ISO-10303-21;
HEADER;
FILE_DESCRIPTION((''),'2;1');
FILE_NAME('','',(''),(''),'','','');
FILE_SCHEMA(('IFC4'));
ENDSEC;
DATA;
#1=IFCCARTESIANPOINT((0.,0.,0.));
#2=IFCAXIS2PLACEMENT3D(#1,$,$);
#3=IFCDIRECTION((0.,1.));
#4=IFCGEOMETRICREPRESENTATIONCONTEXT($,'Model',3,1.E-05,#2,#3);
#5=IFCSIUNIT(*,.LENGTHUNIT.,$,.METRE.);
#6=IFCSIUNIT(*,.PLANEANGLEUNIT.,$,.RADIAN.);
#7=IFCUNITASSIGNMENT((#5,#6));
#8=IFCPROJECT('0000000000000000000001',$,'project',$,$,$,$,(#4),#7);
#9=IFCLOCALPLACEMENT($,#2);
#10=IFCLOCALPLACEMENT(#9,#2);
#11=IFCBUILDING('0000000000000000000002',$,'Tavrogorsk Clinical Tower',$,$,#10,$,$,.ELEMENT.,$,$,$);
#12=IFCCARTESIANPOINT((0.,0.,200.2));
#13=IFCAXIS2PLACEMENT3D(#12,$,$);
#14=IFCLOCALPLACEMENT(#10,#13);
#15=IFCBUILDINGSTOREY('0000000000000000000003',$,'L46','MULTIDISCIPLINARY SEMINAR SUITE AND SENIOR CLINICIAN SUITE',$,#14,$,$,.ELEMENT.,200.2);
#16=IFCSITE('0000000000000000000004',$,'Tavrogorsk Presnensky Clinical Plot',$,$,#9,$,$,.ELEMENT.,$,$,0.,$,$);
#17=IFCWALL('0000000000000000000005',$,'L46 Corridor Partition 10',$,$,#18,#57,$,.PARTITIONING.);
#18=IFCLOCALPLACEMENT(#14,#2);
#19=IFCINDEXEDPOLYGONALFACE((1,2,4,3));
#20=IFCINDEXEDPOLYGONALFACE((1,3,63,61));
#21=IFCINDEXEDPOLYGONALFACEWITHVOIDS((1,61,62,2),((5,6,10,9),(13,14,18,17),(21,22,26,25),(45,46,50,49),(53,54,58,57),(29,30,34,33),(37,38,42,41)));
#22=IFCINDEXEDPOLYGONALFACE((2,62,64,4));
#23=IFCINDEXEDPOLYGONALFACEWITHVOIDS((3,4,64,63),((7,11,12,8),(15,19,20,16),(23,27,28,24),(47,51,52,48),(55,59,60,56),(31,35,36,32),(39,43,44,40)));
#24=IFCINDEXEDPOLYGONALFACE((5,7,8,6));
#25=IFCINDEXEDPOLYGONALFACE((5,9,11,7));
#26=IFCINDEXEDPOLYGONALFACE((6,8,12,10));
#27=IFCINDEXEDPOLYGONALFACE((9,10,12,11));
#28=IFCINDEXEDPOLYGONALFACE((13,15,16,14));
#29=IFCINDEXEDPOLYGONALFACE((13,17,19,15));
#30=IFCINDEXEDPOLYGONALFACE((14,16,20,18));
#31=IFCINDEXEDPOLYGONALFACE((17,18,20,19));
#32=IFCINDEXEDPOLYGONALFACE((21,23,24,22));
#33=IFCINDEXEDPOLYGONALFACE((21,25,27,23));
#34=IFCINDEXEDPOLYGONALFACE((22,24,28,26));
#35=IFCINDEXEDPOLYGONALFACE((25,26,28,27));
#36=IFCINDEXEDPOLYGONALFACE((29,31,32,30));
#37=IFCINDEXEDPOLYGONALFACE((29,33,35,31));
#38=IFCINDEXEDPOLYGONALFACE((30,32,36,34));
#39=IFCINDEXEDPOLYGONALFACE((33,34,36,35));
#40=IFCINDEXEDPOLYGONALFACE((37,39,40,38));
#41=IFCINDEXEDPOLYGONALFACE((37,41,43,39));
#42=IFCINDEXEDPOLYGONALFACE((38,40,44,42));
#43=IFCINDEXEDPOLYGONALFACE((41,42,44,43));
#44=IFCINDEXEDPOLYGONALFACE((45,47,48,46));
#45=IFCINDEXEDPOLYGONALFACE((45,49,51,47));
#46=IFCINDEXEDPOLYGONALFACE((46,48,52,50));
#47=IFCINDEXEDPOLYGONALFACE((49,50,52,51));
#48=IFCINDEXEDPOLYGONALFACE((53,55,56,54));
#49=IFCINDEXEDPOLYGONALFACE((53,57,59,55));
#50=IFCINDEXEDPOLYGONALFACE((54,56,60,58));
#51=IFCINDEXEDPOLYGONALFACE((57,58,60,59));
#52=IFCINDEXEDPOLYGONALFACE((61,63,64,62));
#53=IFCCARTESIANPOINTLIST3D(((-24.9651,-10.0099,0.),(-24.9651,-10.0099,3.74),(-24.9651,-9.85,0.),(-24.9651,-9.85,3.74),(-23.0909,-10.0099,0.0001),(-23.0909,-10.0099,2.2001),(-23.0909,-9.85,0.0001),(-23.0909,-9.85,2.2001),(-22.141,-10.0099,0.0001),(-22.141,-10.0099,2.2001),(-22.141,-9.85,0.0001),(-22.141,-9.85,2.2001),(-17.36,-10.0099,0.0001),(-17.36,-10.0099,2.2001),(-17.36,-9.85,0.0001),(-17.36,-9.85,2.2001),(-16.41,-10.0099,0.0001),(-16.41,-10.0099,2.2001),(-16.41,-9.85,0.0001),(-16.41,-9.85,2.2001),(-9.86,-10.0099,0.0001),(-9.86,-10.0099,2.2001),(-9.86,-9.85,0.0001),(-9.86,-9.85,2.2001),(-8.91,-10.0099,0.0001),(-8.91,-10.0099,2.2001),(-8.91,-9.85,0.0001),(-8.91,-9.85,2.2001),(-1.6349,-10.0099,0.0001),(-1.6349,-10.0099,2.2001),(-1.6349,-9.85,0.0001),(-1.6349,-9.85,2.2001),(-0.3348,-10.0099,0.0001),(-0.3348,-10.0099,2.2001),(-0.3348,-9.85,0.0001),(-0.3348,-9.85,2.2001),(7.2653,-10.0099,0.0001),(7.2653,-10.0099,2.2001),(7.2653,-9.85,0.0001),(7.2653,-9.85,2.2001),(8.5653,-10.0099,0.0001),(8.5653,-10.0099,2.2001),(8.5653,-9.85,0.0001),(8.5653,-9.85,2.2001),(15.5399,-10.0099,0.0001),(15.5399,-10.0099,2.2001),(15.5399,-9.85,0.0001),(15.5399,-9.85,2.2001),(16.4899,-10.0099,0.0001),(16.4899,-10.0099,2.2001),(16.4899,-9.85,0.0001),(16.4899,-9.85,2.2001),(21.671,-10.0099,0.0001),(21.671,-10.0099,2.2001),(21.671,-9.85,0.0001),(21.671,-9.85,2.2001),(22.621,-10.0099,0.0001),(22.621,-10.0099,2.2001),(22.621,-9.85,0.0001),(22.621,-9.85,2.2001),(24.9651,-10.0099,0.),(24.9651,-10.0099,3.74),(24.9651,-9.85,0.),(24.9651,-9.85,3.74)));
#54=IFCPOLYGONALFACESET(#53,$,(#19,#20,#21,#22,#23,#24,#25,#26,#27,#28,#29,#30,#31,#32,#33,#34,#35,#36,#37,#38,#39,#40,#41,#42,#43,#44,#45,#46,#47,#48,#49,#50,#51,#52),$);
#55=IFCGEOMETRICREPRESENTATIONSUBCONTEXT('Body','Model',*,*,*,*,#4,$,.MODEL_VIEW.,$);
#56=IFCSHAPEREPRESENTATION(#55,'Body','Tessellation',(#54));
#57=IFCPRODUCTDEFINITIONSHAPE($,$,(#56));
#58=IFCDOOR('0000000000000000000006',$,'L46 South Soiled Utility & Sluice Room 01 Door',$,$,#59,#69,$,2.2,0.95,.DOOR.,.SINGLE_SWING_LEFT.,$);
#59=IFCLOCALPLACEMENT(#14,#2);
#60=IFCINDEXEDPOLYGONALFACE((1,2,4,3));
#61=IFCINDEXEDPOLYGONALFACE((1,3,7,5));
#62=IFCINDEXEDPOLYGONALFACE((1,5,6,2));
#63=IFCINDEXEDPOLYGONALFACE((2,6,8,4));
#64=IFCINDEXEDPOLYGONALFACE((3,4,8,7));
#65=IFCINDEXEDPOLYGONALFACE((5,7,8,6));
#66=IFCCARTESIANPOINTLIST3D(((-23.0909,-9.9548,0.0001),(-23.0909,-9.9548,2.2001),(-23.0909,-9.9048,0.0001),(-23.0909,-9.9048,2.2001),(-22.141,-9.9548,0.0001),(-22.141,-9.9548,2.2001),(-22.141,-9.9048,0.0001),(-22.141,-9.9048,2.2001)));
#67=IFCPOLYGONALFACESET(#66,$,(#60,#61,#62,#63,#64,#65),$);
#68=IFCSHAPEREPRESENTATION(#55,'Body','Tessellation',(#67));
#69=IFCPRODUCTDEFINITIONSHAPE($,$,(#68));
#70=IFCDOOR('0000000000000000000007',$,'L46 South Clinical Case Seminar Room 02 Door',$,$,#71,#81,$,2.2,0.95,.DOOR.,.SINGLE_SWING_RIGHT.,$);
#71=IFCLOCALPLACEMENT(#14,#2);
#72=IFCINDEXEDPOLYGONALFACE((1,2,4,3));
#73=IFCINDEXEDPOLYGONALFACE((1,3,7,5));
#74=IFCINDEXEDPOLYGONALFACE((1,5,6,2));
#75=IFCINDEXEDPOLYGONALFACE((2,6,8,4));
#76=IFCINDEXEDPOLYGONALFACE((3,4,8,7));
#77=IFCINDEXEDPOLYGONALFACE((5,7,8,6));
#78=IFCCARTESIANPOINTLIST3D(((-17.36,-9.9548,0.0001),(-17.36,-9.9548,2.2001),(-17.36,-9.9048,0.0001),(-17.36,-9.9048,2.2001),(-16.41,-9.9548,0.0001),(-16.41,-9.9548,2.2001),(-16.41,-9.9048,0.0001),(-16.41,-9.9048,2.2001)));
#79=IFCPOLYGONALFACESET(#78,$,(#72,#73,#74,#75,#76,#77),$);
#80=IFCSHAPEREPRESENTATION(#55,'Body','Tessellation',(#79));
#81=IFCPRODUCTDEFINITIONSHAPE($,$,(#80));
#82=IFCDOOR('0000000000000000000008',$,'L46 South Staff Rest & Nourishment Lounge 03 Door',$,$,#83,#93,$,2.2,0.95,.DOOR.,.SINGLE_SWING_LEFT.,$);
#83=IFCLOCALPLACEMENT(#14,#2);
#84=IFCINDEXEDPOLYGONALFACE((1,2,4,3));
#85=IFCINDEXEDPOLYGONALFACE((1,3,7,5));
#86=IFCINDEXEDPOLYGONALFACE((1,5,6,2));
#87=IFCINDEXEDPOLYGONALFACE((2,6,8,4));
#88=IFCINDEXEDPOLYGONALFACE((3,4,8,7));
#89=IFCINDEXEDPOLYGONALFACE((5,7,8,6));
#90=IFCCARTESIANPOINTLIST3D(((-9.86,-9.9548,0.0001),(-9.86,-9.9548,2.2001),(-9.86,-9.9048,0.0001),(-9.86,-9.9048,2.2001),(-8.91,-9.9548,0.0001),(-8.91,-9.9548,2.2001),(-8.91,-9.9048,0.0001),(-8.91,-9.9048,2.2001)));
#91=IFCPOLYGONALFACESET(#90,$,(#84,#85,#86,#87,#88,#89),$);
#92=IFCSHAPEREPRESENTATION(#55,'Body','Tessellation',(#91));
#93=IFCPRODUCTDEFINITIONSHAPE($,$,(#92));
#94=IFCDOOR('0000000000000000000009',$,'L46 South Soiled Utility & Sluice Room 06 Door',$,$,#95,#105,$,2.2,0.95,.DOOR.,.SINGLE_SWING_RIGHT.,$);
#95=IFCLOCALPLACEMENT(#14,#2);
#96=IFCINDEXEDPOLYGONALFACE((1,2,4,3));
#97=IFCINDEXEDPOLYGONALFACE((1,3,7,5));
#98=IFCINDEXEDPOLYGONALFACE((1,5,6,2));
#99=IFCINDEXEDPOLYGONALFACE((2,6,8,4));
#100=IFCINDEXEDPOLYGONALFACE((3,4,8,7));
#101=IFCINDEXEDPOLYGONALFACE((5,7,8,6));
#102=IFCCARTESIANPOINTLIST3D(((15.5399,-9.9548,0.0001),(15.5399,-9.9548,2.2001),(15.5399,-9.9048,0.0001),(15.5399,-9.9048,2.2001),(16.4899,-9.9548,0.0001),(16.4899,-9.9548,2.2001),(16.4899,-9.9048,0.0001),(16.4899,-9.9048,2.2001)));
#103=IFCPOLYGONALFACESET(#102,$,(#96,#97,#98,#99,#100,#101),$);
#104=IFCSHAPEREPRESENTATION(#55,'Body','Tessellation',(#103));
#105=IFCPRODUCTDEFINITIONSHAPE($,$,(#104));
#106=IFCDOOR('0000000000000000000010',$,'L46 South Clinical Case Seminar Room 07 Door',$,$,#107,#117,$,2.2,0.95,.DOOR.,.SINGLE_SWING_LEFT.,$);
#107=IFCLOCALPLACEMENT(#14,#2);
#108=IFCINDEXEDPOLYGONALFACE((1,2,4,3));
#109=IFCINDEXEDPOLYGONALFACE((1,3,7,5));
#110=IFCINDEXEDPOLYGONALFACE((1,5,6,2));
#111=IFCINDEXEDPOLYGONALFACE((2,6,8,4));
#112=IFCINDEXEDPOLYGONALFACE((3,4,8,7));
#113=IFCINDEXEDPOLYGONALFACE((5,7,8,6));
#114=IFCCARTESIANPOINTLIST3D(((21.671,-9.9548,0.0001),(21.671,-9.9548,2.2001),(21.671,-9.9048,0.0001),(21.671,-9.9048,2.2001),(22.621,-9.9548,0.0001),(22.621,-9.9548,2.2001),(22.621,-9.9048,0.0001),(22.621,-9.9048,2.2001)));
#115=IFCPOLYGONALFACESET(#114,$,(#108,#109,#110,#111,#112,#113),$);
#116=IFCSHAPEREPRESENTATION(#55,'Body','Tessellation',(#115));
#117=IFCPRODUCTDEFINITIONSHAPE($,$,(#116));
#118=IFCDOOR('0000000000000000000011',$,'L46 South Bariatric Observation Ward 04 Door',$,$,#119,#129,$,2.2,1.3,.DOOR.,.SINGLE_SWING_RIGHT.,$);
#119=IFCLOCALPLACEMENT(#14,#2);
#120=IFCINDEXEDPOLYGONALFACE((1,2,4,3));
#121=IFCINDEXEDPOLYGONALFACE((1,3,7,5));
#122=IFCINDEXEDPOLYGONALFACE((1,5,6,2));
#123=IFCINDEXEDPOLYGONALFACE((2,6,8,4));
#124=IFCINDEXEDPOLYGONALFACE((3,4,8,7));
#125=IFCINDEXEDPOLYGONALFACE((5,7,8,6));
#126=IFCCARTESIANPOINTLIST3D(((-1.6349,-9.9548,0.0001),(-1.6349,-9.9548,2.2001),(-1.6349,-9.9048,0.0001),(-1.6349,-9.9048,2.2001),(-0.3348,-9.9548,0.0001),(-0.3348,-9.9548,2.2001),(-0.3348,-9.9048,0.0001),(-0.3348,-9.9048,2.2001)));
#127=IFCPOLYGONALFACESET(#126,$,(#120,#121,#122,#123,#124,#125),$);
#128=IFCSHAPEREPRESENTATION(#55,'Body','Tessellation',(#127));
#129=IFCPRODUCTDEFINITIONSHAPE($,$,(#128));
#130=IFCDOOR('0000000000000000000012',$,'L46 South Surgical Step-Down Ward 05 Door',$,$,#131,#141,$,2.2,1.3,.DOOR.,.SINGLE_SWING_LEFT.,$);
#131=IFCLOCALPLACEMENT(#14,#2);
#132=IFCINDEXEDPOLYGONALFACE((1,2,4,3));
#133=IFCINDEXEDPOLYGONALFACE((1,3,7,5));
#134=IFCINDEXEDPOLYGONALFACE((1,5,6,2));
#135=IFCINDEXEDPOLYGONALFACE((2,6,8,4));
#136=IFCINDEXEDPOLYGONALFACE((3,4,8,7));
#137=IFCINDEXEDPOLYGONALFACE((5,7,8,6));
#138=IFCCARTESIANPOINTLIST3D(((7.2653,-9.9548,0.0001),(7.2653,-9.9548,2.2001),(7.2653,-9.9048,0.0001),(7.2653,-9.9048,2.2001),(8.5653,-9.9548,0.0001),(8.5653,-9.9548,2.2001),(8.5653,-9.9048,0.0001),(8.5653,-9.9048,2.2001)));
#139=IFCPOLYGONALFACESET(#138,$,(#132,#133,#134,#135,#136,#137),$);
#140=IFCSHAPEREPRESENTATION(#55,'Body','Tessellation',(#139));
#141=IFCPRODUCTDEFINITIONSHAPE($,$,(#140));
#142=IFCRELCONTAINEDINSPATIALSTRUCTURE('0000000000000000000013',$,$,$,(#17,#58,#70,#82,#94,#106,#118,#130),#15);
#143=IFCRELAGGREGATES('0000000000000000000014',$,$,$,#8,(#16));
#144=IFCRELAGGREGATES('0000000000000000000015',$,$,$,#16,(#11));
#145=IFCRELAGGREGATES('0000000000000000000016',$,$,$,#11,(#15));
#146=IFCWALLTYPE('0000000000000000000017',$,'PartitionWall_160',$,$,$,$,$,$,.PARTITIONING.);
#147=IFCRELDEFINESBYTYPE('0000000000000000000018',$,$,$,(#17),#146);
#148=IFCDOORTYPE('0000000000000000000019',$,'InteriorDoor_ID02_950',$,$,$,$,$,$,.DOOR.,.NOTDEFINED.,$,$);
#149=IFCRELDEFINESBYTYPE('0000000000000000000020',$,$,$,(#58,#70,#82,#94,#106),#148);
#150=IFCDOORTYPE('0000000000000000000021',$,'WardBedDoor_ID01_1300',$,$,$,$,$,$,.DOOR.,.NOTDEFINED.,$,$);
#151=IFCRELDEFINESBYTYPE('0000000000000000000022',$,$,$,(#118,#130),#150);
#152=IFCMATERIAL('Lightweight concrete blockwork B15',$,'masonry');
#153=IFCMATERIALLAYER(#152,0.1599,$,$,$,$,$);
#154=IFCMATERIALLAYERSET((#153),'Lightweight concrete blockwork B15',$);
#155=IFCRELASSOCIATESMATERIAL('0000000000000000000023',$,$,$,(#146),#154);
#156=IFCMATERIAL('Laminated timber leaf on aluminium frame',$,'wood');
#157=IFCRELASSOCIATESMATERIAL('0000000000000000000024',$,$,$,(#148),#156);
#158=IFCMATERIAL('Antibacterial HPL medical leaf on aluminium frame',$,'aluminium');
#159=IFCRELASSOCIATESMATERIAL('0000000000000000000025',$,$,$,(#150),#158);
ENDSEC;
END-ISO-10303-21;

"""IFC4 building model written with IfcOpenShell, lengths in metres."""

from ifc_helpers import new_model, si_unit, direction, frame, frame_2d, origin, place, context, subcontext, project, spatial, rectangle, extrude, material, layer, layer_set, type_object, element, fill, save


model = new_model("IFC4")

# Units and contexts
model_context = context("Model", 3, precision=1e-05, world=origin(), true_north=direction((0.0, 1.0)))
body_context = subcontext(model_context, "Body", "Model", "MODEL_VIEW")
ifc_project = project(units=[si_unit("LENGTHUNIT", "METRE"), si_unit("PLANEANGLEUNIT", "RADIAN")], contexts=[model_context])

# Site, building, storey
site_placement = place(None, origin())
site = spatial("IfcSite", under=ifc_project, at=site_placement, Name="Tavrogorsk Presnensky Clinical Plot", CompositionType="ELEMENT", RefElevation=0.0)
building_placement = place(site_placement, origin())
building = spatial("IfcBuilding", under=site, at=building_placement, Name="Tavrogorsk Clinical Tower", CompositionType="ELEMENT")
storey_placement = place(building_placement, frame((0.0, 0.0, 200.2)))
storey = spatial("IfcBuildingStorey", under=building, at=storey_placement, Name="L46", Description="MULTIDISCIPLINARY SEMINAR SUITE AND SENIOR CLINICIAN SUITE", CompositionType="ELEMENT", Elevation=200.2)

# Shared definitions
ifc_material_1 = material(Name="Lightweight concrete blockwork B15", Category="masonry")
ifc_layer = layer(ifc_material_1, 0.1599)
ifc_layer_set = layer_set([ifc_layer], Name="Lightweight concrete blockwork B15")
wall_type = type_object("IfcWallType", Name="PartitionWall_160", PredefinedType="PARTITIONING", material=ifc_layer_set)
ifc_material_2 = material(Name="Laminated timber leaf on aluminium frame", Category="wood")
door_type_1 = type_object("IfcDoorType", Name="InteriorDoor_ID02_950", OperationType="NOTDEFINED", PredefinedType="DOOR", material=ifc_material_2)

# Wall, openings, doors
wall_1_placement = place(storey_placement, frame((24.9651, -9.9299, 0.0), z_axis=(0.0, 0.0, 1.0), x_axis=(-1.0, 0.0, 0.0)))
wall_1 = element("IfcWall", 1, at=wall_1_placement, inside=storey, type_object=wall_type, Name="L46 Corridor Partition 10", PredefinedType="PARTITIONING", context=body_context, shape_type="SweptSolid", body=[
    extrude(rectangle(XDim=49.9302, YDim=0.1599, at=frame_2d((24.9651, 0.0))), origin(), (0.0, 0.0, 1.0), 3.74),
])
opening_1_placement = place(wall_1_placement, frame((47.106, 0.0, 0.0)))
opening_1 = element("IfcOpeningElement", 2, at=opening_1_placement, cuts=wall_1, PredefinedType="OPENING", context=body_context, shape_type="SweptSolid", body=[
    extrude(rectangle(XDim=0.95, YDim=2.2, at=frame_2d((0.4751, 1.1001))), frame((0.0, 0.0898, 0.0), z_axis=(0.0, -1.0, 0.0), x_axis=(1.0, 0.0, 0.0)), (0.0, 0.0, 1.0), 0.1799),
])
opening_2_placement = place(wall_1_placement, frame((41.375, 0.0, 0.0)))
opening_2 = element("IfcOpeningElement", 3, at=opening_2_placement, cuts=wall_1, PredefinedType="OPENING", context=body_context, shape_type="SweptSolid", body=[
    extrude(rectangle(XDim=0.95, YDim=2.2, at=frame_2d((0.4751, 1.1001))), frame((0.0, 0.0898, 0.0), z_axis=(0.0, -1.0, 0.0), x_axis=(1.0, 0.0, 0.0)), (0.0, 0.0, 1.0), 0.1799),
])
opening_3_placement = place(wall_1_placement, frame((33.875, 0.0, 0.0)))
opening_3 = element("IfcOpeningElement", 4, at=opening_3_placement, cuts=wall_1, PredefinedType="OPENING", context=body_context, shape_type="SweptSolid", body=[
    extrude(rectangle(XDim=0.95, YDim=2.2, at=frame_2d((0.4751, 1.1001))), frame((0.0, 0.0898, 0.0), z_axis=(0.0, -1.0, 0.0), x_axis=(1.0, 0.0, 0.0)), (0.0, 0.0, 1.0), 0.1799),
])
opening_4_placement = place(wall_1_placement, frame((25.3, 0.0, 0.0)))
opening_4 = element("IfcOpeningElement", 5, at=opening_4_placement, cuts=wall_1, PredefinedType="OPENING", context=body_context, shape_type="SweptSolid", body=[
    extrude(rectangle(XDim=1.3, YDim=2.2, at=frame_2d((0.6499, 1.1001))), frame((0.0, 0.0898, 0.0), z_axis=(0.0, -1.0, 0.0), x_axis=(1.0, 0.0, 0.0)), (0.0, 0.0, 1.0), 0.1799),
])
opening_5_placement = place(wall_1_placement, frame((16.3999, 0.0, 0.0)))
opening_5 = element("IfcOpeningElement", 6, at=opening_5_placement, cuts=wall_1, PredefinedType="OPENING", context=body_context, shape_type="SweptSolid", body=[
    extrude(rectangle(XDim=1.3, YDim=2.2, at=frame_2d((0.6499, 1.1001))), frame((0.0, 0.0898, 0.0), z_axis=(0.0, -1.0, 0.0), x_axis=(1.0, 0.0, 0.0)), (0.0, 0.0, 1.0), 0.1799),
])
opening_6_placement = place(wall_1_placement, frame((8.4751, 0.0, 0.0)))
opening_6 = element("IfcOpeningElement", 7, at=opening_6_placement, cuts=wall_1, PredefinedType="OPENING", context=body_context, shape_type="SweptSolid", body=[
    extrude(rectangle(XDim=0.95, YDim=2.2, at=frame_2d((0.4751, 1.1001))), frame((0.0, 0.0898, 0.0), z_axis=(0.0, -1.0, 0.0), x_axis=(1.0, 0.0, 0.0)), (0.0, 0.0, 1.0), 0.1799),
])
opening_7_placement = place(wall_1_placement, frame((2.344, 0.0, 0.0)))
opening_7 = element("IfcOpeningElement", 8, at=opening_7_placement, cuts=wall_1, PredefinedType="OPENING", context=body_context, shape_type="SweptSolid", body=[
    extrude(rectangle(XDim=0.95, YDim=2.2, at=frame_2d((0.4751, 1.1001))), frame((0.0, 0.0898, 0.0), z_axis=(0.0, -1.0, 0.0), x_axis=(1.0, 0.0, 0.0)), (0.0, 0.0, 1.0), 0.1799),
])
door_1_placement = place(opening_1_placement, origin())
door_1 = element("IfcDoor", 9, at=door_1_placement, inside=storey, type_object=door_type_1, Name="L46 South Soiled Utility & Sluice Room 01 Door", OperationType="SINGLE_SWING_LEFT", OverallHeight=2.2, OverallWidth=0.95, PredefinedType="DOOR", context=body_context, shape_type="SweptSolid", body=[
    extrude(rectangle(XDim=0.95, YDim=2.2, at=frame_2d((0.4751, 1.1001))), frame((0.0, 0.0249, 0.0), z_axis=(0.0, -1.0, 0.0), x_axis=(1.0, 0.0, 0.0)), (0.0, 0.0, 1.0), 0.05),
])
fill(opening_1, door_1)
door_2_placement = place(opening_2_placement, origin())
door_2 = element("IfcDoor", 10, at=door_2_placement, inside=storey, type_object=door_type_1, Name="L46 South Clinical Case Seminar Room 02 Door", OperationType="SINGLE_SWING_RIGHT", OverallHeight=2.2, OverallWidth=0.95, PredefinedType="DOOR", context=body_context, shape_type="SweptSolid", body=[
    extrude(rectangle(XDim=0.95, YDim=2.2, at=frame_2d((0.4751, 1.1001))), frame((0.0, 0.0249, 0.0), z_axis=(0.0, -1.0, 0.0), x_axis=(1.0, 0.0, 0.0)), (0.0, 0.0, 1.0), 0.05),
])
fill(opening_2, door_2)
door_3_placement = place(opening_3_placement, origin())
door_3 = element("IfcDoor", 11, at=door_3_placement, inside=storey, type_object=door_type_1, Name="L46 South Staff Rest & Nourishment Lounge 03 Door", OperationType="SINGLE_SWING_LEFT", OverallHeight=2.2, OverallWidth=0.95, PredefinedType="DOOR", context=body_context, shape_type="SweptSolid", body=[
    extrude(rectangle(XDim=0.95, YDim=2.2, at=frame_2d((0.4751, 1.1001))), frame((0.0, 0.0249, 0.0), z_axis=(0.0, -1.0, 0.0), x_axis=(1.0, 0.0, 0.0)), (0.0, 0.0, 1.0), 0.05),
])
fill(opening_3, door_3)
door_4_placement = place(opening_6_placement, origin())
door_4 = element("IfcDoor", 12, at=door_4_placement, inside=storey, type_object=door_type_1, Name="L46 South Soiled Utility & Sluice Room 06 Door", OperationType="SINGLE_SWING_RIGHT", OverallHeight=2.2, OverallWidth=0.95, PredefinedType="DOOR", context=body_context, shape_type="SweptSolid", body=[
    extrude(rectangle(XDim=0.95, YDim=2.2, at=frame_2d((0.4751, 1.1001))), frame((0.0, 0.0249, 0.0), z_axis=(0.0, -1.0, 0.0), x_axis=(1.0, 0.0, 0.0)), (0.0, 0.0, 1.0), 0.05),
])
fill(opening_6, door_4)
door_5_placement = place(opening_7_placement, origin())
door_5 = element("IfcDoor", 13, at=door_5_placement, inside=storey, type_object=door_type_1, Name="L46 South Clinical Case Seminar Room 07 Door", OperationType="SINGLE_SWING_LEFT", OverallHeight=2.2, OverallWidth=0.95, PredefinedType="DOOR", context=body_context, shape_type="SweptSolid", body=[
    extrude(rectangle(XDim=0.95, YDim=2.2, at=frame_2d((0.4751, 1.1001))), frame((0.0, 0.0249, 0.0), z_axis=(0.0, -1.0, 0.0), x_axis=(1.0, 0.0, 0.0)), (0.0, 0.0, 1.0), 0.05),
])
fill(opening_7, door_5)
ifc_material_3 = material(Name="Antibacterial HPL medical leaf on aluminium frame", Category="aluminium")
door_type_2 = type_object("IfcDoorType", Name="WardBedDoor_ID01_1300", OperationType="NOTDEFINED", PredefinedType="DOOR", material=ifc_material_3)
door_6_placement = place(opening_4_placement, origin())
door_6 = element("IfcDoor", 14, at=door_6_placement, inside=storey, type_object=door_type_2, Name="L46 South Bariatric Observation Ward 04 Door", OperationType="SINGLE_SWING_RIGHT", OverallHeight=2.2, OverallWidth=1.3, PredefinedType="DOOR", context=body_context, shape_type="SweptSolid", body=[
    extrude(rectangle(XDim=1.3, YDim=2.2, at=frame_2d((0.6499, 1.1001))), frame((0.0, 0.0249, 0.0), z_axis=(0.0, -1.0, 0.0), x_axis=(1.0, 0.0, 0.0)), (0.0, 0.0, 1.0), 0.05),
])
fill(opening_4, door_6)
door_7_placement = place(opening_5_placement, origin())
door_7 = element("IfcDoor", 15, at=door_7_placement, inside=storey, type_object=door_type_2, Name="L46 South Surgical Step-Down Ward 05 Door", OperationType="SINGLE_SWING_LEFT", OverallHeight=2.2, OverallWidth=1.3, PredefinedType="DOOR", context=body_context, shape_type="SweptSolid", body=[
    extrude(rectangle(XDim=1.3, YDim=2.2, at=frame_2d((0.6499, 1.1001))), frame((0.0, 0.0249, 0.0), z_axis=(0.0, -1.0, 0.0), x_axis=(1.0, 0.0, 0.0)), (0.0, 0.0, 1.0), 0.05),
])
fill(opening_5, door_7)

save(model, "model.ifc")
